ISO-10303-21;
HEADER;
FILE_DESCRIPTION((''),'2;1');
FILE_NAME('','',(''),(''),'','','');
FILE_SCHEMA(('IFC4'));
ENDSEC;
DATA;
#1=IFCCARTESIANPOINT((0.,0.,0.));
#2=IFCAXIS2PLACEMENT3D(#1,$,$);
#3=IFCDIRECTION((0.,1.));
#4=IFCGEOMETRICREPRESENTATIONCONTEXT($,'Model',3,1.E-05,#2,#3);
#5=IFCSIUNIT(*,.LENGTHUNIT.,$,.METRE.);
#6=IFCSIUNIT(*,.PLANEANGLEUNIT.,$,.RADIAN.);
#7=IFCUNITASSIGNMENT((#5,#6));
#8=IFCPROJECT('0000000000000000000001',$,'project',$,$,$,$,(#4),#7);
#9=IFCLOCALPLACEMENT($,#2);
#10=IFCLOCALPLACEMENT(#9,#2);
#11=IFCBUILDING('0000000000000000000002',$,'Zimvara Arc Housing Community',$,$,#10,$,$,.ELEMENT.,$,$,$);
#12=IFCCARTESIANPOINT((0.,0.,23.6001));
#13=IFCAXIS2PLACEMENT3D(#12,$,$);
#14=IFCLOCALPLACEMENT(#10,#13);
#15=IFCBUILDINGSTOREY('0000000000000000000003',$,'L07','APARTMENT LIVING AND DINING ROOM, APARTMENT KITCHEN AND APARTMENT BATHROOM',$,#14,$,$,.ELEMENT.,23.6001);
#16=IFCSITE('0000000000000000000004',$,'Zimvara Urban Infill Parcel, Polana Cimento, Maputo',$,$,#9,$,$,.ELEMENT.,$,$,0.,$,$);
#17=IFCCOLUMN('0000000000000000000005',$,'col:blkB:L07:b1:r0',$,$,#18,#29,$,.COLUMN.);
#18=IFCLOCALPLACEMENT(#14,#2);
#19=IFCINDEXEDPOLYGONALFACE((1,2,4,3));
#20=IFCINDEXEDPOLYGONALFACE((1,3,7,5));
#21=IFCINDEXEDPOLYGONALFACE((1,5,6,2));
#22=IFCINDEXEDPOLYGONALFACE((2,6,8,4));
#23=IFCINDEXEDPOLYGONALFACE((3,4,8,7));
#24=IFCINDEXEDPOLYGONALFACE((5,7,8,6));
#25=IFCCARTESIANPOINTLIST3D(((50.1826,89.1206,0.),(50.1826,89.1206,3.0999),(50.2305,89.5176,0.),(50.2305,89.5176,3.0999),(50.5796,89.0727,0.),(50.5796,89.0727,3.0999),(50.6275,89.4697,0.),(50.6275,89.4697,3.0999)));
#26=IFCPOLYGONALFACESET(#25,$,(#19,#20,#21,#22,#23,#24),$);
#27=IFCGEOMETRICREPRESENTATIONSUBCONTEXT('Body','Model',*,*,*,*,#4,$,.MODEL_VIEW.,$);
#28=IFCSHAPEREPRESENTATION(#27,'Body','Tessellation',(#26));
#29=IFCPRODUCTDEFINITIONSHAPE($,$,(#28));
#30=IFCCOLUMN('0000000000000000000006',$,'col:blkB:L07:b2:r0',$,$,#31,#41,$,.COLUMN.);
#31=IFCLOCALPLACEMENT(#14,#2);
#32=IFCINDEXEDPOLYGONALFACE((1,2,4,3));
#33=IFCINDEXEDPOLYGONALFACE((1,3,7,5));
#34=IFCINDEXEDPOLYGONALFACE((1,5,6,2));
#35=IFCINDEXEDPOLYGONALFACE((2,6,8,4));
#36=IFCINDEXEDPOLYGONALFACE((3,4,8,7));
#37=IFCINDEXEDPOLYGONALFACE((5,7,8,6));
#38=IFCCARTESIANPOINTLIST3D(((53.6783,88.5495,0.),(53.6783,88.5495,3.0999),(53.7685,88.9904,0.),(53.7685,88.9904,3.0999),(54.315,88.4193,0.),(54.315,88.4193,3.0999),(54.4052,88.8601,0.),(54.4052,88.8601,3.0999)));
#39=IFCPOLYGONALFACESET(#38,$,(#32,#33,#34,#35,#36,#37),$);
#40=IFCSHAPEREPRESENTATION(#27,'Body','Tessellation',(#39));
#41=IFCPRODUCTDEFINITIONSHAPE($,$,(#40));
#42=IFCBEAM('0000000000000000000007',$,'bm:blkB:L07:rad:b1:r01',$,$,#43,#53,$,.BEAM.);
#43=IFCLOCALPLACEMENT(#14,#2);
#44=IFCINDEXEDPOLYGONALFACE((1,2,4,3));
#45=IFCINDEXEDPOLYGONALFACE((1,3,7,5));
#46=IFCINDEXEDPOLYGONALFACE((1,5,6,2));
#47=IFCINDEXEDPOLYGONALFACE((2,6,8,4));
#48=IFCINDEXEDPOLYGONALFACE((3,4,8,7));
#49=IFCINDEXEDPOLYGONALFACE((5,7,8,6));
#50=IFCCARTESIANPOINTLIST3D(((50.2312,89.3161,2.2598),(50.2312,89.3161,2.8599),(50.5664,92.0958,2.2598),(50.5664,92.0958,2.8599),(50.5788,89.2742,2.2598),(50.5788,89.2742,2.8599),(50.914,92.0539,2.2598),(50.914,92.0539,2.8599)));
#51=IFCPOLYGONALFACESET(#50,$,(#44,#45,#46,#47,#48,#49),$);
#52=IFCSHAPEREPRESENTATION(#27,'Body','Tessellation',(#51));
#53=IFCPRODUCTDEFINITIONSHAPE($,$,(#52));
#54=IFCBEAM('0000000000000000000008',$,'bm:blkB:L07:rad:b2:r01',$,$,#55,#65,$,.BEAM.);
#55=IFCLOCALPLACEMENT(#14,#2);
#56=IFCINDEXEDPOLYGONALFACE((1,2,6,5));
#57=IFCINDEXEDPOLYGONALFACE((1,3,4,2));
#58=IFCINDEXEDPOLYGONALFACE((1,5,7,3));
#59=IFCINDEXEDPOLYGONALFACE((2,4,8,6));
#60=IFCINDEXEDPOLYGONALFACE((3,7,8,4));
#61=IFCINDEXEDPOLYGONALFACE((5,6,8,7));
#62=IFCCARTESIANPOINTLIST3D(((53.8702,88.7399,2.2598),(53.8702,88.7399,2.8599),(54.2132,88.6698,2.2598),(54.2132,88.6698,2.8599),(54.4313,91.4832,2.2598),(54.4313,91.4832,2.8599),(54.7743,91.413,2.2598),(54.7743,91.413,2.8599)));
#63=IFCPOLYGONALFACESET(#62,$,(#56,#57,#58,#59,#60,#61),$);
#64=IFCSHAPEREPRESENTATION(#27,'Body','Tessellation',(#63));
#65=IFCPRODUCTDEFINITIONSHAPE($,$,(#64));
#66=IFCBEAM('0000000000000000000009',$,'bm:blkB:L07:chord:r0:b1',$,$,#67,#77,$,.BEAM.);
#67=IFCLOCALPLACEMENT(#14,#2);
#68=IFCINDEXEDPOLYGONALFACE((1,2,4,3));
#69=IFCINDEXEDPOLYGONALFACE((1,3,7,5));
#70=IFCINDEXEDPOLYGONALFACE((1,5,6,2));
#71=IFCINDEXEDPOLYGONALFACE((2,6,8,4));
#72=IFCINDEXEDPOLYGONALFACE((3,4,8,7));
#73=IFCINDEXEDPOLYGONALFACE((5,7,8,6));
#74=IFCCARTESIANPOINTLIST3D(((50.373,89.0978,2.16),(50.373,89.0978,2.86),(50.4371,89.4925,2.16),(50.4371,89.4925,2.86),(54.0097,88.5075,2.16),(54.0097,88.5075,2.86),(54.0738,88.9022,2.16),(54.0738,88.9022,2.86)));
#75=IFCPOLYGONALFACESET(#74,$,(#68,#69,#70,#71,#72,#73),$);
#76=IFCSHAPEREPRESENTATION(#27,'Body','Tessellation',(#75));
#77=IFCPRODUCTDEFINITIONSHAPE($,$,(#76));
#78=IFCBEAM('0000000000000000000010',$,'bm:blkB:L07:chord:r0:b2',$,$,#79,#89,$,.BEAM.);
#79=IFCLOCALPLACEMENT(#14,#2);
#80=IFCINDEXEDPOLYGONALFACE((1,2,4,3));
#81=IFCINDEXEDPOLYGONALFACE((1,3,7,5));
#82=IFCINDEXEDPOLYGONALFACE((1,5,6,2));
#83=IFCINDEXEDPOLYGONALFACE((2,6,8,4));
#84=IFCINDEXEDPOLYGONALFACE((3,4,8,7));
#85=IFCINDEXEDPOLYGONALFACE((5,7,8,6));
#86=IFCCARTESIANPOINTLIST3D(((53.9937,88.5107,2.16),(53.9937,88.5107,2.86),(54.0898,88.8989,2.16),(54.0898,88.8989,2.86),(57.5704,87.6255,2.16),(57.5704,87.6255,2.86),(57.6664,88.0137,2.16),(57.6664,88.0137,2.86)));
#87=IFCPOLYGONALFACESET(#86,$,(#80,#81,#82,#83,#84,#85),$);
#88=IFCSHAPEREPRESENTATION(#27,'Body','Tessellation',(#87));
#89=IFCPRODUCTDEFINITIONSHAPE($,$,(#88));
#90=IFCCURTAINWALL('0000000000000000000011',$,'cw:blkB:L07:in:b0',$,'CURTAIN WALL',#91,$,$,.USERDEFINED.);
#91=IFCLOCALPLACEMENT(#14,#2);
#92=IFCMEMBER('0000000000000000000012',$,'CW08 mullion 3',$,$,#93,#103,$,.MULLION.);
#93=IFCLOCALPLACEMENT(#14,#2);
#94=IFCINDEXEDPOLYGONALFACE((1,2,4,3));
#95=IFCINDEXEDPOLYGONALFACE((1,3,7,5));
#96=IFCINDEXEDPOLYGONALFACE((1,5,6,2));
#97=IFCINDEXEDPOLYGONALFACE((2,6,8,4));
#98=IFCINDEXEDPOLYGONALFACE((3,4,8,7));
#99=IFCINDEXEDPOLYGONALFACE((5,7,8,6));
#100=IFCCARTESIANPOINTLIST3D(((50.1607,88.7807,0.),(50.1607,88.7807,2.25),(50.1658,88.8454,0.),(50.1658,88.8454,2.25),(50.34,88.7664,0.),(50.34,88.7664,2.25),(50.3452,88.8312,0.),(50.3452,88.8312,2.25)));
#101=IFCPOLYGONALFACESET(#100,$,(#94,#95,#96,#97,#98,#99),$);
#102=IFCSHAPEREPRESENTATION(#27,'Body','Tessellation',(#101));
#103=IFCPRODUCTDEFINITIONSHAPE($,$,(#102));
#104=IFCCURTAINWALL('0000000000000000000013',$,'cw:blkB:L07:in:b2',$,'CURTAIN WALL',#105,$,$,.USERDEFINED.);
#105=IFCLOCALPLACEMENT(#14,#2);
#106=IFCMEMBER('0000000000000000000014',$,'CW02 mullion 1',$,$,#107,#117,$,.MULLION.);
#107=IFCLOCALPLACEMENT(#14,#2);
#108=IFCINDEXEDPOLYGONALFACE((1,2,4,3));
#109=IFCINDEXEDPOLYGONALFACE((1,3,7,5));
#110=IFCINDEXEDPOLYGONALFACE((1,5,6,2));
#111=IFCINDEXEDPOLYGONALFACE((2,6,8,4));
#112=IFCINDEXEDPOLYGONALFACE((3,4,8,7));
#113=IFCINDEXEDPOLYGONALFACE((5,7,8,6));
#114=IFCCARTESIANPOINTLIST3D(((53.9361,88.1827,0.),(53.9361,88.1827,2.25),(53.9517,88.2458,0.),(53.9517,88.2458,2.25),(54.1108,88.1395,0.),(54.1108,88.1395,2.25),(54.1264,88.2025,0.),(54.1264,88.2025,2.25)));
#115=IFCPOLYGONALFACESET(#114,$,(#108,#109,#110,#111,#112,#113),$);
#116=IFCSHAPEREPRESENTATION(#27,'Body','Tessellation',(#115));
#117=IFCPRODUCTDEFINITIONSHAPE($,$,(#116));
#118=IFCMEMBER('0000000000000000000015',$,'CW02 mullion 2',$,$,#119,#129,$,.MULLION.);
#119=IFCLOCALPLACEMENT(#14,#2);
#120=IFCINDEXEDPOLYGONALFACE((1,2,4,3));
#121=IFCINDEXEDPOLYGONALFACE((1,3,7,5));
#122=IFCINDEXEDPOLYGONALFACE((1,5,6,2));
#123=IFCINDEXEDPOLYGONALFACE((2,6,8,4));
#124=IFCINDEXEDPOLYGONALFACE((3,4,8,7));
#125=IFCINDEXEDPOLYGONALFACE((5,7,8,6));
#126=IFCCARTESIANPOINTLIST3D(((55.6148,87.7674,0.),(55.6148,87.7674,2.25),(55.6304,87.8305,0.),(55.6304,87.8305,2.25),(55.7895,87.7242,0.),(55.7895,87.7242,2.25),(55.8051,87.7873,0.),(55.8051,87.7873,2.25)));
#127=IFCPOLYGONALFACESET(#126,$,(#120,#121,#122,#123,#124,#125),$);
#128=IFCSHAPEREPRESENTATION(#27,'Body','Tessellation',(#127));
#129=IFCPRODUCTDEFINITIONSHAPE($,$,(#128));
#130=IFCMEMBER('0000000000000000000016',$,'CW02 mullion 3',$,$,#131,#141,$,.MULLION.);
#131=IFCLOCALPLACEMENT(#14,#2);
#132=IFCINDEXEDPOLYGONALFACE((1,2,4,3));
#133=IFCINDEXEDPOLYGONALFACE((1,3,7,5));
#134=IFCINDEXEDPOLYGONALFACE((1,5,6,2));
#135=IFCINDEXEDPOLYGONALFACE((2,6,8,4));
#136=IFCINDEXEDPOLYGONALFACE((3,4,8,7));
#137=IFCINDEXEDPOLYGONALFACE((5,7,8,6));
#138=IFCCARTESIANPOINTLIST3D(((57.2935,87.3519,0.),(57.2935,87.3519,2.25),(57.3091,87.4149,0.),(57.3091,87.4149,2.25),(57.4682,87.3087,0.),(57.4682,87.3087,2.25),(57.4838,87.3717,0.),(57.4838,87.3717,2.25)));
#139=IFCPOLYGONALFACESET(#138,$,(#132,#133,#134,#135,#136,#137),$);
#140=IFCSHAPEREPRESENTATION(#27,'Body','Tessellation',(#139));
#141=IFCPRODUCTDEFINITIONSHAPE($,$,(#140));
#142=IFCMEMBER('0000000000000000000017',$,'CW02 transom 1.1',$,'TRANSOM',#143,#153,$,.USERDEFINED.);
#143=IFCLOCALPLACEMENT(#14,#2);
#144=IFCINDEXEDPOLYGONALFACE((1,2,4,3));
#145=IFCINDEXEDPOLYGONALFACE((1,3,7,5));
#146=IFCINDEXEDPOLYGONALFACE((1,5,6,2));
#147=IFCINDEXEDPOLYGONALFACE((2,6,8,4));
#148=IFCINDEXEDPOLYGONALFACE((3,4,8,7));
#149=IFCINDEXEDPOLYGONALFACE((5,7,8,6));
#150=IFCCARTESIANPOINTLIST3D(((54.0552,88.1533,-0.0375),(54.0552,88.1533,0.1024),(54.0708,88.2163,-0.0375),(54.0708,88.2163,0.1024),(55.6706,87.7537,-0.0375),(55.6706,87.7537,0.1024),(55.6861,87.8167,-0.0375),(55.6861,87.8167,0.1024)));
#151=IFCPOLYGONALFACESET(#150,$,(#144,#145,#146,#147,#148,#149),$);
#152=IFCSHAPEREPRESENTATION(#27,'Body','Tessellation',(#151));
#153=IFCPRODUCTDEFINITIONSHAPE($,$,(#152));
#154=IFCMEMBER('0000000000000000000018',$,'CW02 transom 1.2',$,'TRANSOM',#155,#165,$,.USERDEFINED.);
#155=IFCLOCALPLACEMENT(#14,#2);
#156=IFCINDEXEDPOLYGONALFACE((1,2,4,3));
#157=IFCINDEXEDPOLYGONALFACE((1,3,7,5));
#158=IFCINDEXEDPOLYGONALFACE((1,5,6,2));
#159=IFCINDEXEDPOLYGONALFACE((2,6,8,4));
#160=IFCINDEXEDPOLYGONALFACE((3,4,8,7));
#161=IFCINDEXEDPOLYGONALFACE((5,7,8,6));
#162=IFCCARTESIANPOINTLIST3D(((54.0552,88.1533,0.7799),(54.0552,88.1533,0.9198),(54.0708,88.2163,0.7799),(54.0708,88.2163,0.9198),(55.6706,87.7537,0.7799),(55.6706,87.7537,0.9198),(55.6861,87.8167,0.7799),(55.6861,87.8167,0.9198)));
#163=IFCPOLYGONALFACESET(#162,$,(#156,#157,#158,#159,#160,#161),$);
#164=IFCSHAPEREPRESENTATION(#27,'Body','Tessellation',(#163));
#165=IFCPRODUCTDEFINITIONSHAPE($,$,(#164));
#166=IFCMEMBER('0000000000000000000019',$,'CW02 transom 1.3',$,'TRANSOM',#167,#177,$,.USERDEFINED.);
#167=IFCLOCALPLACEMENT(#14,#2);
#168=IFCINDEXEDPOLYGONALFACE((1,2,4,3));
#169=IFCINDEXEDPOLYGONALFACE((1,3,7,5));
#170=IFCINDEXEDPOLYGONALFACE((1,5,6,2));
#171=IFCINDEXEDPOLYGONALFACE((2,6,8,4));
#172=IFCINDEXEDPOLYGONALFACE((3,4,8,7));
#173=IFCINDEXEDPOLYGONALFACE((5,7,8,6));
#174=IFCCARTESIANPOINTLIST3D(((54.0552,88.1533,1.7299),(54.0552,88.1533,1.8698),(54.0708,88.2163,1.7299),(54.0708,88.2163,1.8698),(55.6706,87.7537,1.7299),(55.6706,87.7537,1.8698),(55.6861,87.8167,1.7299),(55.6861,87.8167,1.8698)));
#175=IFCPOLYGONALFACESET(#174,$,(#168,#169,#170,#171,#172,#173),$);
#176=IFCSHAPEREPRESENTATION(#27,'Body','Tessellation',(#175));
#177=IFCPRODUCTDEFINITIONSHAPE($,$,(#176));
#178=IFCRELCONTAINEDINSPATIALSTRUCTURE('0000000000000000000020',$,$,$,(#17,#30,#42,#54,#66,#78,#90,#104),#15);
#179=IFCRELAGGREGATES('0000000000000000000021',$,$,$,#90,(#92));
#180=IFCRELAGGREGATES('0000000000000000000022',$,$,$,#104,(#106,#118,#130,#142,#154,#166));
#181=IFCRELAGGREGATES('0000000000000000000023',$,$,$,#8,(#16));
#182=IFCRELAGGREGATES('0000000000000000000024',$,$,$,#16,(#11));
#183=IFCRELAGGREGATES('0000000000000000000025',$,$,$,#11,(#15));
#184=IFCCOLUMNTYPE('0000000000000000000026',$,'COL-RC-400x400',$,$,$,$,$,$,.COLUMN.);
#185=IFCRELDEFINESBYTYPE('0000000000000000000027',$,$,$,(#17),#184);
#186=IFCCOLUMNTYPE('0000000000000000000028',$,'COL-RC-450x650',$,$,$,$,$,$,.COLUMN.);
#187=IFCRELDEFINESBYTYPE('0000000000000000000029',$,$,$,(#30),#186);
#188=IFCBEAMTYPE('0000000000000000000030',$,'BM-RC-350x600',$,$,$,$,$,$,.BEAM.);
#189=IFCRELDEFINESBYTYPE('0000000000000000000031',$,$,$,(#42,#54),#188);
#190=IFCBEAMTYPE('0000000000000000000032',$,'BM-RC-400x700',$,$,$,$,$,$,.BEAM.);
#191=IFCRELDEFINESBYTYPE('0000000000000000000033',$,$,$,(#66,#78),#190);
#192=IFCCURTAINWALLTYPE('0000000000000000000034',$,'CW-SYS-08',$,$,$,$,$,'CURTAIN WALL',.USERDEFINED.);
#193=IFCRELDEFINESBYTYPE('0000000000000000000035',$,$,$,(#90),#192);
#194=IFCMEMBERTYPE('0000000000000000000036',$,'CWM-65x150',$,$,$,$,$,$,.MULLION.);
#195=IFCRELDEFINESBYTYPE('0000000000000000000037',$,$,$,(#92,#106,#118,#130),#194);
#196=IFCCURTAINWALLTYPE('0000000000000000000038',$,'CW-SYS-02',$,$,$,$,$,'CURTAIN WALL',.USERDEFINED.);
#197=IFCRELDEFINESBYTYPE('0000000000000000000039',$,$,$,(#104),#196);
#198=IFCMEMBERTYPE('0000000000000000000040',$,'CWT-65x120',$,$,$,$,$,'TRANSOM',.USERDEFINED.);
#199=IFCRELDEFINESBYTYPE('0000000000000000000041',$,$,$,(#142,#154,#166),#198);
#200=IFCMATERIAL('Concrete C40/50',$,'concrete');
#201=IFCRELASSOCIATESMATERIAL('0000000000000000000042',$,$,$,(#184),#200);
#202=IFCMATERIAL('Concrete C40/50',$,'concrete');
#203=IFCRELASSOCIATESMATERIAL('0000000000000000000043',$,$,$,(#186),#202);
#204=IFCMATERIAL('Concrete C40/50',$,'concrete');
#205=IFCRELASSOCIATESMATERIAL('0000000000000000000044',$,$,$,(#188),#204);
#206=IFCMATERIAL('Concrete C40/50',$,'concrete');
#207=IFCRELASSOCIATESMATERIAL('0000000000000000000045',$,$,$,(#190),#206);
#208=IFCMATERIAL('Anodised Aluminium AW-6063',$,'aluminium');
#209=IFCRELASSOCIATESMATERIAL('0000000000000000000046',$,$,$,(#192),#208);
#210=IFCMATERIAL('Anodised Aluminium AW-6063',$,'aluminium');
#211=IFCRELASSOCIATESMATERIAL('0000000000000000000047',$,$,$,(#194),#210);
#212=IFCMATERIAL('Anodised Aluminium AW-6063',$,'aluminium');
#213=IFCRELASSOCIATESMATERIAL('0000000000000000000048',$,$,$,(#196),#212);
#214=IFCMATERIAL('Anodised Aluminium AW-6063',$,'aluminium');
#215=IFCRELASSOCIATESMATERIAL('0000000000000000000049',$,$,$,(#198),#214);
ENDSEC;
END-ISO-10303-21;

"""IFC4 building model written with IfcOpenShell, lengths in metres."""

from ifc_helpers import new_model, si_unit, direction, frame, origin, origin_2d, place, context, subcontext, project, spatial, rectangle, extrude, material, material_profile, profile_set, type_object, element, aggregate, save


model = new_model("IFC4")

# Units and contexts
model_context = context("Model", 3, precision=1e-05, world=origin(), true_north=direction((0.0, 1.0)))
body_context = subcontext(model_context, "Body", "Model", "MODEL_VIEW")
ifc_project = project(units=[si_unit("LENGTHUNIT", "METRE"), si_unit("PLANEANGLEUNIT", "RADIAN")], contexts=[model_context])

# Site, building, storey
site_placement = place(None, origin())
site = spatial("IfcSite", under=ifc_project, at=site_placement, Name="Zimvara Urban Infill Parcel, Polana Cimento, Maputo", CompositionType="ELEMENT", RefElevation=0.0)
building_placement = place(site_placement, origin())
building = spatial("IfcBuilding", under=site, at=building_placement, Name="Zimvara Arc Housing Community", CompositionType="ELEMENT")
storey_placement = place(building_placement, frame((0.0, 0.0, 23.6001)))
storey = spatial("IfcBuildingStorey", under=building, at=storey_placement, Name="L07", Description="APARTMENT LIVING AND DINING ROOM, APARTMENT KITCHEN AND APARTMENT BATHROOM", CompositionType="ELEMENT", Elevation=23.6001)

# Columns
ifc_material_1 = material(Name="Concrete C40/50", Category="concrete")
ifc_material_profile_1 = material_profile(ifc_material_1, rectangle(XDim=0.3999, YDim=0.3999, at=origin_2d()), Name="RC 400x400")
ifc_profile_set_1 = profile_set([ifc_material_profile_1], Name="Concrete C40/50")
column_type_1 = type_object("IfcColumnType", Name="COL-RC-400x400", PredefinedType="COLUMN", material=ifc_profile_set_1)
column_1_placement = place(storey_placement, frame((50.405, 89.2952, 0.0), z_axis=(0.0, 0.0, 1.0), x_axis=(0.11979, 0.992799, 0.0)))
element("IfcColumn", 1, at=column_1_placement, inside=storey, type_object=column_type_1, Name="col:blkB:L07:b1:r0", PredefinedType="COLUMN", context=body_context, shape_type="SweptSolid", body=[
    extrude(rectangle(XDim=0.3999, YDim=0.3999, at=origin_2d()), origin(), (0.0, 0.0, 1.0), 3.0999),
])
ifc_material_2 = material(Name="Concrete C40/50", Category="concrete")
ifc_material_profile_2 = material_profile(ifc_material_2, rectangle(XDim=0.45, YDim=0.6499, at=origin_2d()), Name="RC 450x650")
ifc_profile_set_2 = profile_set([ifc_material_profile_2], Name="Concrete C40/50")
column_type_2 = type_object("IfcColumnType", Name="COL-RC-450x650", PredefinedType="COLUMN", material=ifc_profile_set_2)
column_2_placement = place(storey_placement, frame((54.0417, 88.7048, 0.0), z_axis=(0.0, 0.0, 1.0), x_axis=(0.200394, 0.979715, 0.0)))
element("IfcColumn", 2, at=column_2_placement, inside=storey, type_object=column_type_2, Name="col:blkB:L07:b2:r0", PredefinedType="COLUMN", context=body_context, shape_type="SweptSolid", body=[
    extrude(rectangle(XDim=0.45, YDim=0.6499, at=origin_2d()), origin(), (0.0, 0.0, 1.0), 3.0999),
])

# Beams
ifc_material_3 = material(Name="Concrete C40/50", Category="concrete")
ifc_material_profile_3 = material_profile(ifc_material_3, rectangle(XDim=0.3501, YDim=0.6001, at=origin_2d()), Name="RC 350x600")
ifc_profile_set_3 = profile_set([ifc_material_profile_3], Name="Concrete C40/50")
beam_type_1 = type_object("IfcBeamType", Name="BM-RC-350x600", PredefinedType="BEAM", material=ifc_profile_set_3)
beam_1_placement = place(storey_placement, frame((50.405, 89.2952, 2.5598), z_axis=(0.119719, 0.992808, 0.0), x_axis=(-0.992808, 0.119719, 0.0)))
element("IfcBeam", 3, at=beam_1_placement, inside=storey, type_object=beam_type_1, Name="bm:blkB:L07:rad:b1:r01", PredefinedType="BEAM", context=body_context, shape_type="SweptSolid", body=[
    extrude(rectangle(XDim=0.3501, YDim=0.6001, at=origin_2d()), origin(), (0.0, 0.0, 1.0), 2.7998),
])
beam_2_placement = place(storey_placement, frame((54.0417, 88.7048, 2.5598), z_axis=(0.200373, 0.97972, 0.0), x_axis=(-0.97972, 0.200373, 0.0)))
element("IfcBeam", 4, at=beam_2_placement, inside=storey, type_object=beam_type_1, Name="bm:blkB:L07:rad:b2:r01", PredefinedType="BEAM", context=body_context, shape_type="SweptSolid", body=[
    extrude(rectangle(XDim=0.3501, YDim=0.6001, at=origin_2d()), origin(), (0.0, 0.0, 1.0), 2.8),
])
ifc_material_4 = material(Name="Concrete C40/50", Category="concrete")
ifc_material_profile_4 = material_profile(ifc_material_4, rectangle(XDim=0.3999, YDim=0.7, at=origin_2d()), Name="RC 400x700")
ifc_profile_set_4 = profile_set([ifc_material_profile_4], Name="Concrete C40/50")
beam_type_2 = type_object("IfcBeamType", Name="BM-RC-400x700", PredefinedType="BEAM", material=ifc_profile_set_4)
beam_3_placement = place(storey_placement, frame((50.405, 89.2952, 2.51), z_axis=(0.98708, -0.160228, 0.0), x_axis=(0.160228, 0.98708, 0.0)))
element("IfcBeam", 5, at=beam_3_placement, inside=storey, type_object=beam_type_2, Name="bm:blkB:L07:chord:r0:b1", PredefinedType="BEAM", context=body_context, shape_type="SweptSolid", body=[
    extrude(rectangle(XDim=0.3999, YDim=0.7, at=origin_2d()), origin(), (0.0, 0.0, 1.0), 3.6843),
])
beam_4_placement = place(storey_placement, frame((54.0417, 88.7048, 2.51), z_axis=(0.970709, -0.240259, 0.0), x_axis=(0.240259, 0.970709, 0.0)))
element("IfcBeam", 6, at=beam_4_placement, inside=storey, type_object=beam_type_2, Name="bm:blkB:L07:chord:r0:b2", PredefinedType="BEAM", context=body_context, shape_type="SweptSolid", body=[
    extrude(rectangle(XDim=0.3999, YDim=0.7, at=origin_2d()), origin(), (0.0, 0.0, 1.0), 3.6846),
])

# Curtain wall, member
ifc_material_5 = material(Name="Anodised Aluminium AW-6063", Category="aluminium")
curtain_wall_type_1 = type_object("IfcCurtainWallType", Name="CW-SYS-08", ElementType="CURTAIN WALL", PredefinedType="USERDEFINED", material=ifc_material_5)
curtain_wall_1_placement = place(storey_placement, origin())
curtain_wall_1 = element("IfcCurtainWall", 7, at=curtain_wall_1_placement, inside=storey, type_object=curtain_wall_type_1, Name="cw:blkB:L07:in:b0", ObjectType="CURTAIN WALL", PredefinedType="USERDEFINED")
ifc_material_6 = material(Name="Anodised Aluminium AW-6063", Category="aluminium")
ifc_material_profile_5 = material_profile(ifc_material_6, rectangle(XDim=0.0649, YDim=0.1799, at=origin_2d()), Name="ALU 65x180")
ifc_profile_set_5 = profile_set([ifc_material_profile_5], Name="Anodised Aluminium AW-6063")
member_type_1 = type_object("IfcMemberType", Name="CWM-65x150", PredefinedType="MULLION", material=ifc_profile_set_5)
member_1_placement = place(storey_placement, frame((50.2529, 88.8059, 0.0), z_axis=(0.0, 0.0, 1.0), x_axis=(0.079155, 0.996862, 0.0)))
member_1 = element("IfcMember", 8, at=member_1_placement, type_object=member_type_1, Name="CW08 mullion 3", PredefinedType="MULLION", context=body_context, shape_type="SweptSolid", body=[
    extrude(rectangle(XDim=0.0649, YDim=0.1799, at=origin_2d()), origin(), (0.0, 0.0, 1.0), 2.25),
])

# Curtain wall, members
ifc_material_7 = material(Name="Anodised Aluminium AW-6063", Category="aluminium")
curtain_wall_type_2 = type_object("IfcCurtainWallType", Name="CW-SYS-02", ElementType="CURTAIN WALL", PredefinedType="USERDEFINED", material=ifc_material_7)
curtain_wall_2_placement = place(storey_placement, origin())
curtain_wall_2 = element("IfcCurtainWall", 9, at=curtain_wall_2_placement, inside=storey, type_object=curtain_wall_type_2, Name="cw:blkB:L07:in:b2", ObjectType="CURTAIN WALL", PredefinedType="USERDEFINED")
member_2_placement = place(storey_placement, frame((54.0312, 88.1926, 0.0), z_axis=(0.0, 0.0, 1.0), x_axis=(0.240228, 0.970717, 0.0)))
member_2 = element("IfcMember", 10, at=member_2_placement, type_object=member_type_1, Name="CW02 mullion 1", PredefinedType="MULLION", context=body_context, shape_type="SweptSolid", body=[
    extrude(rectangle(XDim=0.0649, YDim=0.1799, at=origin_2d()), origin(), (0.0, 0.0, 1.0), 2.25),
])
member_3_placement = place(storey_placement, frame((55.71, 87.7773, 0.0), z_axis=(0.0, 0.0, 1.0), x_axis=(0.240228, 0.970717, 0.0)))
member_3 = element("IfcMember", 11, at=member_3_placement, type_object=member_type_1, Name="CW02 mullion 2", PredefinedType="MULLION", context=body_context, shape_type="SweptSolid", body=[
    extrude(rectangle(XDim=0.0649, YDim=0.1799, at=origin_2d()), origin(), (0.0, 0.0, 1.0), 2.25),
])
member_4_placement = place(storey_placement, frame((57.3887, 87.3618, 0.0), z_axis=(0.0, 0.0, 1.0), x_axis=(0.240228, 0.970717, 0.0)))
member_4 = element("IfcMember", 12, at=member_4_placement, type_object=member_type_1, Name="CW02 mullion 3", PredefinedType="MULLION", context=body_context, shape_type="SweptSolid", body=[
    extrude(rectangle(XDim=0.0649, YDim=0.1799, at=origin_2d()), origin(), (0.0, 0.0, 1.0), 2.25),
])
ifc_material_8 = material(Name="Anodised Aluminium AW-6063", Category="aluminium")
ifc_material_profile_6 = material_profile(ifc_material_8, rectangle(XDim=0.0649, YDim=0.1399, at=origin_2d()), Name="ALU 65x140")
ifc_profile_set_6 = profile_set([ifc_material_profile_6], Name="Anodised Aluminium AW-6063")
member_type_2 = type_object("IfcMemberType", Name="CWT-65x120", ElementType="TRANSOM", PredefinedType="USERDEFINED", material=ifc_profile_set_6)
member_5_placement = place(storey_placement, frame((54.063, 88.1848, 0.0325), z_axis=(0.970735, -0.240153, 0.0), x_axis=(0.240153, 0.970735, 0.0)))
member_5 = element("IfcMember", 13, at=member_5_placement, type_object=member_type_2, Name="CW02 transom 1.1", ObjectType="TRANSOM", PredefinedType="USERDEFINED", context=body_context, shape_type="SweptSolid", body=[
    extrude(rectangle(XDim=0.0649, YDim=0.1399, at=origin_2d()), origin(), (0.0, 0.0, 1.0), 1.6641),
])
member_6_placement = place(storey_placement, frame((54.063, 88.1848, 0.8499), z_axis=(0.970735, -0.240153, 0.0), x_axis=(0.240153, 0.970735, 0.0)))
member_6 = element("IfcMember", 14, at=member_6_placement, type_object=member_type_2, Name="CW02 transom 1.2", ObjectType="TRANSOM", PredefinedType="USERDEFINED", context=body_context, shape_type="SweptSolid", body=[
    extrude(rectangle(XDim=0.0649, YDim=0.1399, at=origin_2d()), origin(), (0.0, 0.0, 1.0), 1.6641),
])
member_7_placement = place(storey_placement, frame((54.063, 88.1848, 1.7998), z_axis=(0.970735, -0.240153, 0.0), x_axis=(0.240153, 0.970735, 0.0)))
member_7 = element("IfcMember", 15, at=member_7_placement, type_object=member_type_2, Name="CW02 transom 1.3", ObjectType="TRANSOM", PredefinedType="USERDEFINED", context=body_context, shape_type="SweptSolid", body=[
    extrude(rectangle(XDim=0.0649, YDim=0.1399, at=origin_2d()), origin(), (0.0, 0.0, 1.0), 1.6641),
])

aggregate(curtain_wall_1, [member_1])
aggregate(curtain_wall_2, [member_2, member_3, member_4, member_5, member_6, member_7])

save(model, "model.ifc")
